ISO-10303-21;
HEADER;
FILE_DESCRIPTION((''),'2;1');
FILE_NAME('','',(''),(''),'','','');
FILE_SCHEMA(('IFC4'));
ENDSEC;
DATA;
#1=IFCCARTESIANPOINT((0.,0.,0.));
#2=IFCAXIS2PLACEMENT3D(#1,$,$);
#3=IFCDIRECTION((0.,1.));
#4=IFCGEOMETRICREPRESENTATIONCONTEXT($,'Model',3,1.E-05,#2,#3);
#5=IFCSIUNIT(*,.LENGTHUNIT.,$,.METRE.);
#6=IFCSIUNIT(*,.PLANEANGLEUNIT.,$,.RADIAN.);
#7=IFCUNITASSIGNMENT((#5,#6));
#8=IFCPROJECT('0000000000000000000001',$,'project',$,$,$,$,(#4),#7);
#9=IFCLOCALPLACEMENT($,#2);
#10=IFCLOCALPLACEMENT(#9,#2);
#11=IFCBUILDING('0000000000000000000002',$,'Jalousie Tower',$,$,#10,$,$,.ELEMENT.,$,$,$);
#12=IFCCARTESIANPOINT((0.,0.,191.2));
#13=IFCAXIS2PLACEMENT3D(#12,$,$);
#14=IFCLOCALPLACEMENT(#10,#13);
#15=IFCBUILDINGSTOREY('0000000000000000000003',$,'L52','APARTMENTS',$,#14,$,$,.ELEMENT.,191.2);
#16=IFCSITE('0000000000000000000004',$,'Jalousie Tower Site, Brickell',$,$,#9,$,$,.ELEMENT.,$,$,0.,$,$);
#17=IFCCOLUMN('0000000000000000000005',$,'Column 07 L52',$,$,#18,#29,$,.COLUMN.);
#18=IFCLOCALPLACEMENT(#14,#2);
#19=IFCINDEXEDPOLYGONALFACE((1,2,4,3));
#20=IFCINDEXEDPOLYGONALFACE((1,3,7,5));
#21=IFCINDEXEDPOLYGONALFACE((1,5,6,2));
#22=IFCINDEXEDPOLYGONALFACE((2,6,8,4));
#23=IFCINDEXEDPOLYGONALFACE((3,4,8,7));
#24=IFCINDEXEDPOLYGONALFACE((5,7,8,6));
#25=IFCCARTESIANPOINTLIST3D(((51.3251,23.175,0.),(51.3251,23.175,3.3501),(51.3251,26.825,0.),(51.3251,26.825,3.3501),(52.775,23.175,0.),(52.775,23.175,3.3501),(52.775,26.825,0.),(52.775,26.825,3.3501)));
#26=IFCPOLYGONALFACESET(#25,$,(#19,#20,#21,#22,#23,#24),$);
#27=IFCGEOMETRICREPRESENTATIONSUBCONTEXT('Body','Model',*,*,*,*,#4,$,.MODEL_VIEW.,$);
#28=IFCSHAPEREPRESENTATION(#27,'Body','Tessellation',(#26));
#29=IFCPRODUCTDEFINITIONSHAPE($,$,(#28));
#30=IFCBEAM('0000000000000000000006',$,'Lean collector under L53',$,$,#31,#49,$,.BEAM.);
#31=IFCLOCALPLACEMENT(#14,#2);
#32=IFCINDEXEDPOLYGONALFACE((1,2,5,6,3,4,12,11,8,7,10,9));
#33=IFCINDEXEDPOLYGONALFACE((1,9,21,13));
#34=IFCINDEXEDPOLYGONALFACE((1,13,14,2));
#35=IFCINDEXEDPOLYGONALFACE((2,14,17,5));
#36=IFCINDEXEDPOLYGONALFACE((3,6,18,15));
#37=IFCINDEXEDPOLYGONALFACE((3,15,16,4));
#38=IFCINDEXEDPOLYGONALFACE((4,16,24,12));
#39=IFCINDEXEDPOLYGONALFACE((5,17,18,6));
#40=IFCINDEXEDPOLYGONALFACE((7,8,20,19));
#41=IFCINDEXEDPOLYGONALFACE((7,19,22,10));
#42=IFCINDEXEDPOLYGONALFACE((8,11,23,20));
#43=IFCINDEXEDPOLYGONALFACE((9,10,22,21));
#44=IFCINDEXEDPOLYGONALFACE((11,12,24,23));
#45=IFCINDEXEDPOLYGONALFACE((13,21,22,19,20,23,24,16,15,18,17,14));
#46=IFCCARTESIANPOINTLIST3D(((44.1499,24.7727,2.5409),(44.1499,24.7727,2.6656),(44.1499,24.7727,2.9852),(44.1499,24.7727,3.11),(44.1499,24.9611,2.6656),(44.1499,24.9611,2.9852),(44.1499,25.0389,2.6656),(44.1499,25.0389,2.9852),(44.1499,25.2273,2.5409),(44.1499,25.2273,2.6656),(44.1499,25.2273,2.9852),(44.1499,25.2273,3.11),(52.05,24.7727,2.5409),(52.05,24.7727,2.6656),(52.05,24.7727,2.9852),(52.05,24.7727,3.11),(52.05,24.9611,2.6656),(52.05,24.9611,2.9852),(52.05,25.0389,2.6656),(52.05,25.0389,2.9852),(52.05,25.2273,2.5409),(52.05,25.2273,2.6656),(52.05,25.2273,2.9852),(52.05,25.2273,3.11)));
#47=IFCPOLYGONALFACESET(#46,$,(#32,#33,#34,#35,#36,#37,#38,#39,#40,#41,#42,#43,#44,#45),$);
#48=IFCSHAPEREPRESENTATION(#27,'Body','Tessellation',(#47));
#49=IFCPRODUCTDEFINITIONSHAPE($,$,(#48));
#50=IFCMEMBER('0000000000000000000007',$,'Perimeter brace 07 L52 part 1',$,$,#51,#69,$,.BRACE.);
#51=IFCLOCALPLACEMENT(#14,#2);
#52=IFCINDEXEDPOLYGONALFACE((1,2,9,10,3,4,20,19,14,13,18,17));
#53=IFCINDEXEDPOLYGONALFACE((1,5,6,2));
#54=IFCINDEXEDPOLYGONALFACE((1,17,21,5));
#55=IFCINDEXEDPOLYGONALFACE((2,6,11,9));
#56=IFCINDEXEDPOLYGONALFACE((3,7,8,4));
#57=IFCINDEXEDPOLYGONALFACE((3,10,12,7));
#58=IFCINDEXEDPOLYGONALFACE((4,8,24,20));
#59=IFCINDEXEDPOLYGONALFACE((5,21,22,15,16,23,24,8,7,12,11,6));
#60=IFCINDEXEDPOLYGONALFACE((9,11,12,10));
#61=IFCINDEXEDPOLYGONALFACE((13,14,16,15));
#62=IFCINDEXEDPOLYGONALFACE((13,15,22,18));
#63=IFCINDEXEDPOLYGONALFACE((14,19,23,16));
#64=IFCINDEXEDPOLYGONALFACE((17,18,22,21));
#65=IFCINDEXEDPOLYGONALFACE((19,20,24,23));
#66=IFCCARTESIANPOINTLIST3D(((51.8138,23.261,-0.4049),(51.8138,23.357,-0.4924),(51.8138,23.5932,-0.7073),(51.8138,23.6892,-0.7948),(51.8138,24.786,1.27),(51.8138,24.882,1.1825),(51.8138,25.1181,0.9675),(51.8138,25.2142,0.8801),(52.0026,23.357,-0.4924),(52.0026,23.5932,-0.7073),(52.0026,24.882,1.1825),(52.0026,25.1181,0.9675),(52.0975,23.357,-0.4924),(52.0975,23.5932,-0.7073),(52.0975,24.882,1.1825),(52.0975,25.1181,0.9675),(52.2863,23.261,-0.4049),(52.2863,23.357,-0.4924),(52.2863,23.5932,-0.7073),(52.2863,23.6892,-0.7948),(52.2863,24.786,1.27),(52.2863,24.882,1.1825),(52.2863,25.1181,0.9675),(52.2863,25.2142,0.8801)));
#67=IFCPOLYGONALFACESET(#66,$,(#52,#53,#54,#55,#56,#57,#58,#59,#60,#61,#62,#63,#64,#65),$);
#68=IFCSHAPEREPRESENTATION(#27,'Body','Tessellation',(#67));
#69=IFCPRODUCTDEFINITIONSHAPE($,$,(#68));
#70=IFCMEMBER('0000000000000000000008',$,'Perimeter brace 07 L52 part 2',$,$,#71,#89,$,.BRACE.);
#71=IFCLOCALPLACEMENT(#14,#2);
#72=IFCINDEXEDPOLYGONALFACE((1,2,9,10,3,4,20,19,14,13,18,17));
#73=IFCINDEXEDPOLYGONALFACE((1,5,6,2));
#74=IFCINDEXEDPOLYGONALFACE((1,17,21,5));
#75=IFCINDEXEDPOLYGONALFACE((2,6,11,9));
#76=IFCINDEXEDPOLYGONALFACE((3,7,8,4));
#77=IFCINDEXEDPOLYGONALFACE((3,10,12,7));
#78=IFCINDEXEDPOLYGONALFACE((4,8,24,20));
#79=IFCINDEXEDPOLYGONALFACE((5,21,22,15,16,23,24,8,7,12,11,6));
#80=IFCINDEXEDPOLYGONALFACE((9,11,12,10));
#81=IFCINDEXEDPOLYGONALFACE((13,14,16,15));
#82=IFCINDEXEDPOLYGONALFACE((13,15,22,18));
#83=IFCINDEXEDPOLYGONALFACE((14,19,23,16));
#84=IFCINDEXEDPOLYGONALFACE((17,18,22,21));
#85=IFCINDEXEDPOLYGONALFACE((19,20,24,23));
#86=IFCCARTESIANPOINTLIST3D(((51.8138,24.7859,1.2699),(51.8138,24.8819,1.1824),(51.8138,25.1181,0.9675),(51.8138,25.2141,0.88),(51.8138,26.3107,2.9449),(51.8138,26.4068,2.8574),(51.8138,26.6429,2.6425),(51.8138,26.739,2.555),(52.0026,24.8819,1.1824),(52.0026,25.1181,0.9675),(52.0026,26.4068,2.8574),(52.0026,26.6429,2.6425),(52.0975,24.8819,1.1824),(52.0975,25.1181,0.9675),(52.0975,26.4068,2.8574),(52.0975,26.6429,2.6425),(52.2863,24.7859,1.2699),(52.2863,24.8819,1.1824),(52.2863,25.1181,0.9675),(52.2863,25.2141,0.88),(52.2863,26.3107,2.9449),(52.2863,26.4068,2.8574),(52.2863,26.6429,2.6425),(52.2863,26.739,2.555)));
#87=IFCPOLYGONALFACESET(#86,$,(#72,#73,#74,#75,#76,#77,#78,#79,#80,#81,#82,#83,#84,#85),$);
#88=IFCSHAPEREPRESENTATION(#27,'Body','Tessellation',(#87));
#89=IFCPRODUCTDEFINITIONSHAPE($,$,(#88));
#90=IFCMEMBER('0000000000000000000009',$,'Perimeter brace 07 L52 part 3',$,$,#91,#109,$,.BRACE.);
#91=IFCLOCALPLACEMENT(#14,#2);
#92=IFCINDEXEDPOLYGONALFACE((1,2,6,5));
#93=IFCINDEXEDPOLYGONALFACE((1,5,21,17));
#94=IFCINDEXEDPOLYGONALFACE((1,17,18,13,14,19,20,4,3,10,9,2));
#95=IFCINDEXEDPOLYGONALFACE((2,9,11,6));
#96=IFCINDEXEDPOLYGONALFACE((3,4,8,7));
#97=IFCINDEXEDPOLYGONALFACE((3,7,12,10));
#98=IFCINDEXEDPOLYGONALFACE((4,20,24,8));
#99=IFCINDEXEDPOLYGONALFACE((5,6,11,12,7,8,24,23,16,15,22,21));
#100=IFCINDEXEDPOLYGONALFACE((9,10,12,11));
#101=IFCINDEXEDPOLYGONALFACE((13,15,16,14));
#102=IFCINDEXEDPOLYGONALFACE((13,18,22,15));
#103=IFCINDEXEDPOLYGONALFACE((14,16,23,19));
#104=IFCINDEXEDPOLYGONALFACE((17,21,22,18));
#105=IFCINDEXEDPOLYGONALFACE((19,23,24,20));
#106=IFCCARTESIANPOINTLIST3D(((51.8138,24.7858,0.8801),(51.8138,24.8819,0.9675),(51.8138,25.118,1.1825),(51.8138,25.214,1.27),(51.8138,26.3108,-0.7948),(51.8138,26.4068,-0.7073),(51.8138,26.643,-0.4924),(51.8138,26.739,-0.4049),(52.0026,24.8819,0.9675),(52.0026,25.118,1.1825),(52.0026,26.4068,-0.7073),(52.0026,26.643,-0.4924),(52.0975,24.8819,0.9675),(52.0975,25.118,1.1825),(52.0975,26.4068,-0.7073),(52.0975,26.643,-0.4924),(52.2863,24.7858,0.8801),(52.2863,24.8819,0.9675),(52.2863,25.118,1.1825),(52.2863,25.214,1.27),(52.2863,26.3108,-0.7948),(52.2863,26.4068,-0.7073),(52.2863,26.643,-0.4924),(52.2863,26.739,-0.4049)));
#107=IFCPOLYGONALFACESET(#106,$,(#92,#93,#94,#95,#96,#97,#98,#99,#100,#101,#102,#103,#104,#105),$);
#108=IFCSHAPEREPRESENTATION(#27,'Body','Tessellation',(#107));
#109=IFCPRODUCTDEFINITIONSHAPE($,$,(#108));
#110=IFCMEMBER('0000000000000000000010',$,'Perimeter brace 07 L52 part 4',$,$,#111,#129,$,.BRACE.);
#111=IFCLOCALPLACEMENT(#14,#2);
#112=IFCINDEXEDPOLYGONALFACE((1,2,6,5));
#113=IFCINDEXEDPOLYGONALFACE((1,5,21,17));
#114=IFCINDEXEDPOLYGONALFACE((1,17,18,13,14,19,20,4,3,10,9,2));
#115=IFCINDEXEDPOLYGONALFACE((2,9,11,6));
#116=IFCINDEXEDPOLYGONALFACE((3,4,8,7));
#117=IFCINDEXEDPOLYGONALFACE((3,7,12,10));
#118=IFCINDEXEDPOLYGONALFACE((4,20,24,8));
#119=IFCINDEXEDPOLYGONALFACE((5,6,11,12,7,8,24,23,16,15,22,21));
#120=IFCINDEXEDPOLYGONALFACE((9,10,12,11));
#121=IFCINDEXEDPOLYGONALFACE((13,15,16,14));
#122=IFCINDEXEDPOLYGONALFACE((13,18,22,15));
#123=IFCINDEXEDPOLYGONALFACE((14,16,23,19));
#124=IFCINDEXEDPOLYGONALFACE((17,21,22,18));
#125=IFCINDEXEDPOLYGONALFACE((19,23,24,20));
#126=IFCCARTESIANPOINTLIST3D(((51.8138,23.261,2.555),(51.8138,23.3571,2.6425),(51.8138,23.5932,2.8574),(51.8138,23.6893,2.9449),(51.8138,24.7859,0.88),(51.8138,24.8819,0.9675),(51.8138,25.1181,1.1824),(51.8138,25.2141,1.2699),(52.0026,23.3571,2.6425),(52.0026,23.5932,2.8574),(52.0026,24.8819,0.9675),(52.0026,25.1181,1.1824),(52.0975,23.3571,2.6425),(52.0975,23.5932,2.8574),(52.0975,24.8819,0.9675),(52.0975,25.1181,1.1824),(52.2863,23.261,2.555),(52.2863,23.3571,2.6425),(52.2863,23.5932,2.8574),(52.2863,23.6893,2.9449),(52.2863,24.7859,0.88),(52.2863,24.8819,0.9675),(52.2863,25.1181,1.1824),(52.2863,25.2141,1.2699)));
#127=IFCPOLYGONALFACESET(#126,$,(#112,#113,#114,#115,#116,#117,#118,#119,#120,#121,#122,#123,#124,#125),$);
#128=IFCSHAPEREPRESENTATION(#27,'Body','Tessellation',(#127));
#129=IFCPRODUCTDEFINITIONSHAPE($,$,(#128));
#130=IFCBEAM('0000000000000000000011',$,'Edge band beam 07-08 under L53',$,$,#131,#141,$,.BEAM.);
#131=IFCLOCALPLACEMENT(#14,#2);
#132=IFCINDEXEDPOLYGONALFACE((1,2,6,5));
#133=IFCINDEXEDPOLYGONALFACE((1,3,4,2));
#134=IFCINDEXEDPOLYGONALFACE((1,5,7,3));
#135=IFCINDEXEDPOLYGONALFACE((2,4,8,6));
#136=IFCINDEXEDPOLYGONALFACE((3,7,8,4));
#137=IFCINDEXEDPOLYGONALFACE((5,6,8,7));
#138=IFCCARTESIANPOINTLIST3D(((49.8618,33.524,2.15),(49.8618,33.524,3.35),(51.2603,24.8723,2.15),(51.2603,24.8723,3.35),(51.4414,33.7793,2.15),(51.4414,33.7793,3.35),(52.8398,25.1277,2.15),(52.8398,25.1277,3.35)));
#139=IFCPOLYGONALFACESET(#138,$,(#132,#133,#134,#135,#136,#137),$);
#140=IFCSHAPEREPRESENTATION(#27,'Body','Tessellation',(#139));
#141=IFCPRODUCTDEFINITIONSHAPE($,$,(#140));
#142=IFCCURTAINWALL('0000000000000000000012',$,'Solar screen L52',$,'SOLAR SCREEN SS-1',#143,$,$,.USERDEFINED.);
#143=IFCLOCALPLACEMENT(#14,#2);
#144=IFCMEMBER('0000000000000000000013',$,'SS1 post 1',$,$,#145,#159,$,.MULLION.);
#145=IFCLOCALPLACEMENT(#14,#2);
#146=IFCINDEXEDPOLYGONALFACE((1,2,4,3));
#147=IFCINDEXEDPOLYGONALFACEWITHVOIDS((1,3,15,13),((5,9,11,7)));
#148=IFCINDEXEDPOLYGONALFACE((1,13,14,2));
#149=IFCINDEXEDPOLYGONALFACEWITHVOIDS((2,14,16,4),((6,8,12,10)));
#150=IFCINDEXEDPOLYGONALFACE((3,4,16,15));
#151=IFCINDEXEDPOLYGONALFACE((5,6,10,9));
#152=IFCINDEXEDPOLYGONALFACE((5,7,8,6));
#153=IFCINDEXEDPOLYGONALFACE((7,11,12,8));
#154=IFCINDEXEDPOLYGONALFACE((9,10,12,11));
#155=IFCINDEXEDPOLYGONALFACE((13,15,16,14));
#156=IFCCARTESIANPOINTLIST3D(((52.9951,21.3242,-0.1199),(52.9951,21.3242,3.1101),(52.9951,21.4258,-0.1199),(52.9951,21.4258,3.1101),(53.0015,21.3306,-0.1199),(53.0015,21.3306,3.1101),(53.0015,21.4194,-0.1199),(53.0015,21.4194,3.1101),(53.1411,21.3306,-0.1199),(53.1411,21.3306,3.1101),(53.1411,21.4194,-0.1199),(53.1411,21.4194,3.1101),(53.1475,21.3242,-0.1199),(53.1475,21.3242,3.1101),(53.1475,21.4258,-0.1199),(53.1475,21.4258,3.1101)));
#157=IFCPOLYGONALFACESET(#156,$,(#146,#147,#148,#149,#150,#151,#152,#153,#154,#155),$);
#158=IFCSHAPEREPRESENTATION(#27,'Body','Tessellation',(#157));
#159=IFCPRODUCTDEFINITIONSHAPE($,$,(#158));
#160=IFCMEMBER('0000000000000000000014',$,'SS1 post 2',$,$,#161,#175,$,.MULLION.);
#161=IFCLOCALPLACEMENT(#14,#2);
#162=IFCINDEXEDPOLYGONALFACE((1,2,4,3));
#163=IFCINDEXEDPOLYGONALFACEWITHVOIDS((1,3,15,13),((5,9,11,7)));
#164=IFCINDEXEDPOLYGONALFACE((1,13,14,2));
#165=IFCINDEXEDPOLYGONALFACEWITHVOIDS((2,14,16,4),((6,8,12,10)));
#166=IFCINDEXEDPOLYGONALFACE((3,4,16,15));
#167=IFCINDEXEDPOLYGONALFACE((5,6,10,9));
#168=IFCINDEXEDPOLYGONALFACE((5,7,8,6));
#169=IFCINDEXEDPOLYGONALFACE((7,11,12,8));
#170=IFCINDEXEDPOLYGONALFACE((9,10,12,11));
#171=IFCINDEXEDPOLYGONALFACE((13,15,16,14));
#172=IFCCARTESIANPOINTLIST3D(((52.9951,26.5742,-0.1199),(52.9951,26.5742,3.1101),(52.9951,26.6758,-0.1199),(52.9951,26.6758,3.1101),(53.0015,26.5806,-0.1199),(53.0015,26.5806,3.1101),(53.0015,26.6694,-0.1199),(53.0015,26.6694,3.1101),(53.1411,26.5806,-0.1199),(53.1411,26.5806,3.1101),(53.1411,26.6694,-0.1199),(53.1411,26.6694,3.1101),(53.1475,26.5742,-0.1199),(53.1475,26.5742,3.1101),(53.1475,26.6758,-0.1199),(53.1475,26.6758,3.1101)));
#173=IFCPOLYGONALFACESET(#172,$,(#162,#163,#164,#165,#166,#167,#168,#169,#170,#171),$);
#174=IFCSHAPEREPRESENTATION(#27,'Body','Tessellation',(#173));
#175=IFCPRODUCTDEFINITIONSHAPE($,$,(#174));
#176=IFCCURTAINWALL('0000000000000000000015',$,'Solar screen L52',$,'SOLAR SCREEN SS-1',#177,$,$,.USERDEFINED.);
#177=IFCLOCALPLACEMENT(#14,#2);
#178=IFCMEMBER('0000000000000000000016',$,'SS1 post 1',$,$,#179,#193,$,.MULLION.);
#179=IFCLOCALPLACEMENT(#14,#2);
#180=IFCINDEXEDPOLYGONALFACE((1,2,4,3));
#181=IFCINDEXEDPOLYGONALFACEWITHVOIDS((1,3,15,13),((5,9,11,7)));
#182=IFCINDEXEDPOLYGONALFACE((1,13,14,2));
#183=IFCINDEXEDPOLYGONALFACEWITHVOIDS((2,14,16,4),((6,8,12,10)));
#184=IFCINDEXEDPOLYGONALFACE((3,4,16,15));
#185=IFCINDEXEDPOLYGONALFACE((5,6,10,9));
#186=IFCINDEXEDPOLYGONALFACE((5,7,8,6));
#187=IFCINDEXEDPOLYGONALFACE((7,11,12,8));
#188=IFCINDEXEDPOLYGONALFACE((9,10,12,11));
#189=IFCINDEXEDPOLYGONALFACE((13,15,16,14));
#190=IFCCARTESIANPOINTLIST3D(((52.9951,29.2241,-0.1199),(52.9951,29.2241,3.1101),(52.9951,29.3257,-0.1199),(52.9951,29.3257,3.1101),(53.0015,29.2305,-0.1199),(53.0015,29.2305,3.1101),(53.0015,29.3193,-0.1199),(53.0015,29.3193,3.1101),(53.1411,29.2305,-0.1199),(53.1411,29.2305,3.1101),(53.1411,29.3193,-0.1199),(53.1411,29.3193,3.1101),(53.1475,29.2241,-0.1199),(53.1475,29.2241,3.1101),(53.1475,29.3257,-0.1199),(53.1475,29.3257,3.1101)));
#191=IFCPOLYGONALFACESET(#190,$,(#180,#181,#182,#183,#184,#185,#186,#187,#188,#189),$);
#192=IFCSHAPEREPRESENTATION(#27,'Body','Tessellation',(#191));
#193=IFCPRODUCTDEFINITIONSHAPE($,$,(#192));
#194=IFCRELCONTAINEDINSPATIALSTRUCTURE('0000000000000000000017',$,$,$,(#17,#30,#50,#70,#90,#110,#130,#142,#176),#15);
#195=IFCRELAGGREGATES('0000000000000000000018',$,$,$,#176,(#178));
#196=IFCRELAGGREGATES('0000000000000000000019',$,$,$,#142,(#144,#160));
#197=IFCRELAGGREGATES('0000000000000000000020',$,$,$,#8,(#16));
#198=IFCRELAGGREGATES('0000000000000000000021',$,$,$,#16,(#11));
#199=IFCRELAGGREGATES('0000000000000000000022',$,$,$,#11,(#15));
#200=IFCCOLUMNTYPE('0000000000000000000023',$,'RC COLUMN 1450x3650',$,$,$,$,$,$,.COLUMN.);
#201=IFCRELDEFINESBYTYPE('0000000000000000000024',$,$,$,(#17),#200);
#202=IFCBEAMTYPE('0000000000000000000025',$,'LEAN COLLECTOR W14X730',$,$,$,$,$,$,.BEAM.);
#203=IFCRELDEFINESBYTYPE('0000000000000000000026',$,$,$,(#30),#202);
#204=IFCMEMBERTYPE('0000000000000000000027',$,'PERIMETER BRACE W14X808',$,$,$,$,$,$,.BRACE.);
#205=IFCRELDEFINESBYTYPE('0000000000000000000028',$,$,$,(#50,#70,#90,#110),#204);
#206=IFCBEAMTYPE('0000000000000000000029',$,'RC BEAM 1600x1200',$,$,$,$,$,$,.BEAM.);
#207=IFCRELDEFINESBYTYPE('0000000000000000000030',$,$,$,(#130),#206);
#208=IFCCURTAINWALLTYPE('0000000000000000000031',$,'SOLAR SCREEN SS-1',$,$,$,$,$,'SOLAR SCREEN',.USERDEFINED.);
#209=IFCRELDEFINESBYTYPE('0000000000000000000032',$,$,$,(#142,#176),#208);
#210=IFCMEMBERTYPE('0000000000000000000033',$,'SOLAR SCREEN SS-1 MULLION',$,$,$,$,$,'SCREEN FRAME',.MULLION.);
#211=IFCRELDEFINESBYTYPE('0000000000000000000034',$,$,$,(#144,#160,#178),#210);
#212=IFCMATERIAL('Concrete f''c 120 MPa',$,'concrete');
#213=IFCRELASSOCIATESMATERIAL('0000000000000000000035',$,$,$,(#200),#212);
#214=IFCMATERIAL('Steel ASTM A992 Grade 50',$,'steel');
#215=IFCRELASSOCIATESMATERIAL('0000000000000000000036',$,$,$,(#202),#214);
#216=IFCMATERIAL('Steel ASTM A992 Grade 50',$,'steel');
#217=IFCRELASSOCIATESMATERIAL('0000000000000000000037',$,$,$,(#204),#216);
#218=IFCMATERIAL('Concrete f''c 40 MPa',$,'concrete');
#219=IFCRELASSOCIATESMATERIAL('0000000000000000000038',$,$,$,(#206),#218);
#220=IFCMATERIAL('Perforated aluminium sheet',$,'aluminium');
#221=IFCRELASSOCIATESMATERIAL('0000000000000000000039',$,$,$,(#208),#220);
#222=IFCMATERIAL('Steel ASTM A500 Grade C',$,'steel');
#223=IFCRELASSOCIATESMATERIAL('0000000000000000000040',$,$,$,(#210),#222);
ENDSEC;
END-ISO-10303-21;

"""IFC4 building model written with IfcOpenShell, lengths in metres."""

from ifc_helpers import new_model, si_unit, direction, frame, origin, origin_2d, place, context, subcontext, project, spatial, rectangle, hollow_rectangle, i_section, extrude, material, material_profile, profile_set, type_object, element, aggregate, save


model = new_model("IFC4")

# Units and contexts
model_context = context("Model", 3, precision=1e-05, world=origin(), true_north=direction((0.0, 1.0)))
body_context = subcontext(model_context, "Body", "Model", "MODEL_VIEW")
ifc_project = project(units=[si_unit("LENGTHUNIT", "METRE"), si_unit("PLANEANGLEUNIT", "RADIAN")], contexts=[model_context])

# Site, building, storey
site_placement = place(None, origin())
site = spatial("IfcSite", under=ifc_project, at=site_placement, Name="Jalousie Tower Site, Brickell", CompositionType="ELEMENT", RefElevation=0.0)
building_placement = place(site_placement, origin())
building = spatial("IfcBuilding", under=site, at=building_placement, Name="Jalousie Tower", CompositionType="ELEMENT")
storey_placement = place(building_placement, frame((0.0, 0.0, 191.2)))
storey = spatial("IfcBuildingStorey", under=building, at=storey_placement, Name="L52", Description="APARTMENTS", CompositionType="ELEMENT", Elevation=191.2)

# Column
ifc_material_1 = material(Name="Concrete f'c 120 MPa", Category="concrete")
ifc_material_profile_1 = material_profile(ifc_material_1, rectangle(XDim=1.45, YDim=3.6499, at=origin_2d()), Name="RC 1450x3650")
ifc_profile_set_1 = profile_set([ifc_material_profile_1], Name="Concrete f'c 120 MPa")
column_type = type_object("IfcColumnType", Name="RC COLUMN 1450x3650", PredefinedType="COLUMN", material=ifc_profile_set_1)
column_placement = place(storey_placement, frame((52.05, 25.0, 0.0), z_axis=(0.0, 0.0, 1.0), x_axis=(1.0, 0.0, 0.0)))
element("IfcColumn", 1, at=column_placement, inside=storey, type_object=column_type, Name="Column 07 L52", PredefinedType="COLUMN", context=body_context, shape_type="SweptSolid", body=[
    extrude(rectangle(XDim=1.45, YDim=3.6499, at=origin_2d()), origin(), (0.0, 0.0, 1.0), 3.3501),
])

# Beam
ifc_material_2 = material(Name="Steel ASTM A992 Grade 50", Category="steel")
ifc_material_profile_2 = material_profile(ifc_material_2, i_section(OverallWidth=0.4546, OverallDepth=0.5691, WebThickness=0.0779, FlangeThickness=0.1248, at=origin_2d()), Name="W14X730")
ifc_profile_set_2 = profile_set([ifc_material_profile_2], Name="Steel ASTM A992 Grade 50")
beam_type_1 = type_object("IfcBeamType", Name="LEAN COLLECTOR W14X730", PredefinedType="BEAM", material=ifc_profile_set_2)
beam_1_placement = place(storey_placement, frame((52.05, 25.0, 2.8254), z_axis=(-1.0, 0.0, 0.0), x_axis=(0.0, -1.0, 0.0)))
element("IfcBeam", 2, at=beam_1_placement, inside=storey, type_object=beam_type_1, Name="Lean collector under L53", PredefinedType="BEAM", context=body_context, shape_type="SweptSolid", body=[
    extrude(i_section(OverallWidth=0.4546, OverallDepth=0.5691, WebThickness=0.0779, FlangeThickness=0.1248, at=origin_2d()), origin(), (0.0, 0.0, 1.0), 7.9001),
])

# Members
ifc_material_3 = material(Name="Steel ASTM A992 Grade 50", Category="steel")
ifc_material_profile_3 = material_profile(ifc_material_3, i_section(OverallWidth=0.4724, OverallDepth=0.5791, WebThickness=0.095, FlangeThickness=0.1299, at=origin_2d()), Name="W14X808")
ifc_profile_set_3 = profile_set([ifc_material_profile_3], Name="Steel ASTM A992 Grade 50")
member_type_1 = type_object("IfcMemberType", Name="PERIMETER BRACE W14X808", PredefinedType="BRACE", material=ifc_profile_set_3)
for number, where, z_axis, x_axis, name in (
    (3, (52.05, 23.4751, -0.5999), (0.0, 0.673241, 0.739423), (-1.0, 0.0, 0.0), "Perimeter brace 07 L52 part 1"),
    (4, (52.05, 25.0, 1.075), (0.0, 0.673188, 0.739472), (-1.0, 0.0, 0.0), "Perimeter brace 07 L52 part 2"),
    (5, (52.05, 26.5249, -0.5999), (0.0, -0.673241, 0.739423), (1.0, 0.0, 0.0), "Perimeter brace 07 L52 part 3"),
    (6, (52.05, 25.0, 1.075), (0.0, -0.673188, 0.739472), (1.0, 0.0, 0.0), "Perimeter brace 07 L52 part 4"),
):
    element("IfcMember", number, at=place(storey_placement, frame(where, z_axis=z_axis, x_axis=x_axis)), inside=storey, type_object=member_type_1, Name=name, PredefinedType="BRACE", context=body_context, shape_type="SweptSolid", body=[
        extrude(i_section(OverallWidth=0.4724, OverallDepth=0.5791, WebThickness=0.095, FlangeThickness=0.1299, at=origin_2d()), origin(), (0.0, 0.0, 1.0), 2.2651),
    ])

# Beam
ifc_material_4 = material(Name="Concrete f'c 40 MPa", Category="concrete")
ifc_material_profile_4 = material_profile(ifc_material_4, rectangle(XDim=1.6001, YDim=1.2, at=origin_2d()), Name="RC 1600x1200")
ifc_profile_set_4 = profile_set([ifc_material_profile_4], Name="Concrete f'c 40 MPa")
beam_type_2 = type_object("IfcBeamType", Name="RC BEAM 1600x1200", PredefinedType="BEAM", material=ifc_profile_set_4)
beam_2_placement = place(storey_placement, frame((52.05, 25.0, 2.75), z_axis=(-0.159568, 0.987187, 0.0), x_axis=(-0.987187, -0.159568, 0.0)))
element("IfcBeam", 7, at=beam_2_placement, inside=storey, type_object=beam_type_2, Name="Edge band beam 07-08 under L53", PredefinedType="BEAM", context=body_context, shape_type="SweptSolid", body=[
    extrude(rectangle(XDim=1.6001, YDim=1.2, at=origin_2d()), origin(), (0.0, 0.0, 1.0), 8.7639),
])

# Curtain wall, members
ifc_material_5 = material(Name="Perforated aluminium sheet", Category="aluminium")
curtain_wall_type = type_object("IfcCurtainWallType", Name="SOLAR SCREEN SS-1", ElementType="SOLAR SCREEN", PredefinedType="USERDEFINED", material=ifc_material_5)
curtain_wall_1_placement = place(storey_placement, origin())
curtain_wall_1 = element("IfcCurtainWall", 8, at=curtain_wall_1_placement, inside=storey, type_object=curtain_wall_type, Name="Solar screen L52", ObjectType="SOLAR SCREEN SS-1", PredefinedType="USERDEFINED")
ifc_material_6 = material(Name="Steel ASTM A500 Grade C", Category="steel")
ifc_material_profile_5 = material_profile(ifc_material_6, hollow_rectangle(XDim=0.1016, YDim=0.1523, WallThickness=0.0063, at=origin_2d()), Name="HSS6X4X1/4")
ifc_profile_set_5 = profile_set([ifc_material_profile_5], Name="Steel ASTM A500 Grade C")
member_type_2 = type_object("IfcMemberType", Name="SOLAR SCREEN SS-1 MULLION", ElementType="SCREEN FRAME", PredefinedType="MULLION", material=ifc_profile_set_5)
member_1_placement = place(storey_placement, frame((53.0713, 21.375, -0.1199), z_axis=(0.0, 0.0, 1.0), x_axis=(0.0, 1.0, 0.0)))
member_1 = element("IfcMember", 9, at=member_1_placement, type_object=member_type_2, Name="SS1 post 1", PredefinedType="MULLION", context=body_context, shape_type="SweptSolid", body=[
    extrude(hollow_rectangle(XDim=0.1016, YDim=0.1523, WallThickness=0.0063, at=origin_2d()), origin(), (0.0, 0.0, 1.0), 3.23),
])
member_2_placement = place(storey_placement, frame((53.0713, 26.625, -0.1199), z_axis=(0.0, 0.0, 1.0), x_axis=(0.0, 1.0, 0.0)))
member_2 = element("IfcMember", 10, at=member_2_placement, type_object=member_type_2, Name="SS1 post 2", PredefinedType="MULLION", context=body_context, shape_type="SweptSolid", body=[
    extrude(hollow_rectangle(XDim=0.1016, YDim=0.1523, WallThickness=0.0063, at=origin_2d()), origin(), (0.0, 0.0, 1.0), 3.23),
])

# Curtain wall, member
curtain_wall_2_placement = place(storey_placement, origin())
curtain_wall_2 = element("IfcCurtainWall", 11, at=curtain_wall_2_placement, inside=storey, type_object=curtain_wall_type, Name="Solar screen L52", ObjectType="SOLAR SCREEN SS-1", PredefinedType="USERDEFINED")
member_3_placement = place(storey_placement, frame((53.0713, 29.2749, -0.1199), z_axis=(0.0, 0.0, 1.0), x_axis=(0.0, 1.0, 0.0)))
member_3 = element("IfcMember", 12, at=member_3_placement, type_object=member_type_2, Name="SS1 post 1", PredefinedType="MULLION", context=body_context, shape_type="SweptSolid", body=[
    extrude(hollow_rectangle(XDim=0.1016, YDim=0.1523, WallThickness=0.0063, at=origin_2d()), origin(), (0.0, 0.0, 1.0), 3.23),
])

aggregate(curtain_wall_2, [member_3])

aggregate(curtain_wall_1, [member_1, member_2])

save(model, "model.ifc")
